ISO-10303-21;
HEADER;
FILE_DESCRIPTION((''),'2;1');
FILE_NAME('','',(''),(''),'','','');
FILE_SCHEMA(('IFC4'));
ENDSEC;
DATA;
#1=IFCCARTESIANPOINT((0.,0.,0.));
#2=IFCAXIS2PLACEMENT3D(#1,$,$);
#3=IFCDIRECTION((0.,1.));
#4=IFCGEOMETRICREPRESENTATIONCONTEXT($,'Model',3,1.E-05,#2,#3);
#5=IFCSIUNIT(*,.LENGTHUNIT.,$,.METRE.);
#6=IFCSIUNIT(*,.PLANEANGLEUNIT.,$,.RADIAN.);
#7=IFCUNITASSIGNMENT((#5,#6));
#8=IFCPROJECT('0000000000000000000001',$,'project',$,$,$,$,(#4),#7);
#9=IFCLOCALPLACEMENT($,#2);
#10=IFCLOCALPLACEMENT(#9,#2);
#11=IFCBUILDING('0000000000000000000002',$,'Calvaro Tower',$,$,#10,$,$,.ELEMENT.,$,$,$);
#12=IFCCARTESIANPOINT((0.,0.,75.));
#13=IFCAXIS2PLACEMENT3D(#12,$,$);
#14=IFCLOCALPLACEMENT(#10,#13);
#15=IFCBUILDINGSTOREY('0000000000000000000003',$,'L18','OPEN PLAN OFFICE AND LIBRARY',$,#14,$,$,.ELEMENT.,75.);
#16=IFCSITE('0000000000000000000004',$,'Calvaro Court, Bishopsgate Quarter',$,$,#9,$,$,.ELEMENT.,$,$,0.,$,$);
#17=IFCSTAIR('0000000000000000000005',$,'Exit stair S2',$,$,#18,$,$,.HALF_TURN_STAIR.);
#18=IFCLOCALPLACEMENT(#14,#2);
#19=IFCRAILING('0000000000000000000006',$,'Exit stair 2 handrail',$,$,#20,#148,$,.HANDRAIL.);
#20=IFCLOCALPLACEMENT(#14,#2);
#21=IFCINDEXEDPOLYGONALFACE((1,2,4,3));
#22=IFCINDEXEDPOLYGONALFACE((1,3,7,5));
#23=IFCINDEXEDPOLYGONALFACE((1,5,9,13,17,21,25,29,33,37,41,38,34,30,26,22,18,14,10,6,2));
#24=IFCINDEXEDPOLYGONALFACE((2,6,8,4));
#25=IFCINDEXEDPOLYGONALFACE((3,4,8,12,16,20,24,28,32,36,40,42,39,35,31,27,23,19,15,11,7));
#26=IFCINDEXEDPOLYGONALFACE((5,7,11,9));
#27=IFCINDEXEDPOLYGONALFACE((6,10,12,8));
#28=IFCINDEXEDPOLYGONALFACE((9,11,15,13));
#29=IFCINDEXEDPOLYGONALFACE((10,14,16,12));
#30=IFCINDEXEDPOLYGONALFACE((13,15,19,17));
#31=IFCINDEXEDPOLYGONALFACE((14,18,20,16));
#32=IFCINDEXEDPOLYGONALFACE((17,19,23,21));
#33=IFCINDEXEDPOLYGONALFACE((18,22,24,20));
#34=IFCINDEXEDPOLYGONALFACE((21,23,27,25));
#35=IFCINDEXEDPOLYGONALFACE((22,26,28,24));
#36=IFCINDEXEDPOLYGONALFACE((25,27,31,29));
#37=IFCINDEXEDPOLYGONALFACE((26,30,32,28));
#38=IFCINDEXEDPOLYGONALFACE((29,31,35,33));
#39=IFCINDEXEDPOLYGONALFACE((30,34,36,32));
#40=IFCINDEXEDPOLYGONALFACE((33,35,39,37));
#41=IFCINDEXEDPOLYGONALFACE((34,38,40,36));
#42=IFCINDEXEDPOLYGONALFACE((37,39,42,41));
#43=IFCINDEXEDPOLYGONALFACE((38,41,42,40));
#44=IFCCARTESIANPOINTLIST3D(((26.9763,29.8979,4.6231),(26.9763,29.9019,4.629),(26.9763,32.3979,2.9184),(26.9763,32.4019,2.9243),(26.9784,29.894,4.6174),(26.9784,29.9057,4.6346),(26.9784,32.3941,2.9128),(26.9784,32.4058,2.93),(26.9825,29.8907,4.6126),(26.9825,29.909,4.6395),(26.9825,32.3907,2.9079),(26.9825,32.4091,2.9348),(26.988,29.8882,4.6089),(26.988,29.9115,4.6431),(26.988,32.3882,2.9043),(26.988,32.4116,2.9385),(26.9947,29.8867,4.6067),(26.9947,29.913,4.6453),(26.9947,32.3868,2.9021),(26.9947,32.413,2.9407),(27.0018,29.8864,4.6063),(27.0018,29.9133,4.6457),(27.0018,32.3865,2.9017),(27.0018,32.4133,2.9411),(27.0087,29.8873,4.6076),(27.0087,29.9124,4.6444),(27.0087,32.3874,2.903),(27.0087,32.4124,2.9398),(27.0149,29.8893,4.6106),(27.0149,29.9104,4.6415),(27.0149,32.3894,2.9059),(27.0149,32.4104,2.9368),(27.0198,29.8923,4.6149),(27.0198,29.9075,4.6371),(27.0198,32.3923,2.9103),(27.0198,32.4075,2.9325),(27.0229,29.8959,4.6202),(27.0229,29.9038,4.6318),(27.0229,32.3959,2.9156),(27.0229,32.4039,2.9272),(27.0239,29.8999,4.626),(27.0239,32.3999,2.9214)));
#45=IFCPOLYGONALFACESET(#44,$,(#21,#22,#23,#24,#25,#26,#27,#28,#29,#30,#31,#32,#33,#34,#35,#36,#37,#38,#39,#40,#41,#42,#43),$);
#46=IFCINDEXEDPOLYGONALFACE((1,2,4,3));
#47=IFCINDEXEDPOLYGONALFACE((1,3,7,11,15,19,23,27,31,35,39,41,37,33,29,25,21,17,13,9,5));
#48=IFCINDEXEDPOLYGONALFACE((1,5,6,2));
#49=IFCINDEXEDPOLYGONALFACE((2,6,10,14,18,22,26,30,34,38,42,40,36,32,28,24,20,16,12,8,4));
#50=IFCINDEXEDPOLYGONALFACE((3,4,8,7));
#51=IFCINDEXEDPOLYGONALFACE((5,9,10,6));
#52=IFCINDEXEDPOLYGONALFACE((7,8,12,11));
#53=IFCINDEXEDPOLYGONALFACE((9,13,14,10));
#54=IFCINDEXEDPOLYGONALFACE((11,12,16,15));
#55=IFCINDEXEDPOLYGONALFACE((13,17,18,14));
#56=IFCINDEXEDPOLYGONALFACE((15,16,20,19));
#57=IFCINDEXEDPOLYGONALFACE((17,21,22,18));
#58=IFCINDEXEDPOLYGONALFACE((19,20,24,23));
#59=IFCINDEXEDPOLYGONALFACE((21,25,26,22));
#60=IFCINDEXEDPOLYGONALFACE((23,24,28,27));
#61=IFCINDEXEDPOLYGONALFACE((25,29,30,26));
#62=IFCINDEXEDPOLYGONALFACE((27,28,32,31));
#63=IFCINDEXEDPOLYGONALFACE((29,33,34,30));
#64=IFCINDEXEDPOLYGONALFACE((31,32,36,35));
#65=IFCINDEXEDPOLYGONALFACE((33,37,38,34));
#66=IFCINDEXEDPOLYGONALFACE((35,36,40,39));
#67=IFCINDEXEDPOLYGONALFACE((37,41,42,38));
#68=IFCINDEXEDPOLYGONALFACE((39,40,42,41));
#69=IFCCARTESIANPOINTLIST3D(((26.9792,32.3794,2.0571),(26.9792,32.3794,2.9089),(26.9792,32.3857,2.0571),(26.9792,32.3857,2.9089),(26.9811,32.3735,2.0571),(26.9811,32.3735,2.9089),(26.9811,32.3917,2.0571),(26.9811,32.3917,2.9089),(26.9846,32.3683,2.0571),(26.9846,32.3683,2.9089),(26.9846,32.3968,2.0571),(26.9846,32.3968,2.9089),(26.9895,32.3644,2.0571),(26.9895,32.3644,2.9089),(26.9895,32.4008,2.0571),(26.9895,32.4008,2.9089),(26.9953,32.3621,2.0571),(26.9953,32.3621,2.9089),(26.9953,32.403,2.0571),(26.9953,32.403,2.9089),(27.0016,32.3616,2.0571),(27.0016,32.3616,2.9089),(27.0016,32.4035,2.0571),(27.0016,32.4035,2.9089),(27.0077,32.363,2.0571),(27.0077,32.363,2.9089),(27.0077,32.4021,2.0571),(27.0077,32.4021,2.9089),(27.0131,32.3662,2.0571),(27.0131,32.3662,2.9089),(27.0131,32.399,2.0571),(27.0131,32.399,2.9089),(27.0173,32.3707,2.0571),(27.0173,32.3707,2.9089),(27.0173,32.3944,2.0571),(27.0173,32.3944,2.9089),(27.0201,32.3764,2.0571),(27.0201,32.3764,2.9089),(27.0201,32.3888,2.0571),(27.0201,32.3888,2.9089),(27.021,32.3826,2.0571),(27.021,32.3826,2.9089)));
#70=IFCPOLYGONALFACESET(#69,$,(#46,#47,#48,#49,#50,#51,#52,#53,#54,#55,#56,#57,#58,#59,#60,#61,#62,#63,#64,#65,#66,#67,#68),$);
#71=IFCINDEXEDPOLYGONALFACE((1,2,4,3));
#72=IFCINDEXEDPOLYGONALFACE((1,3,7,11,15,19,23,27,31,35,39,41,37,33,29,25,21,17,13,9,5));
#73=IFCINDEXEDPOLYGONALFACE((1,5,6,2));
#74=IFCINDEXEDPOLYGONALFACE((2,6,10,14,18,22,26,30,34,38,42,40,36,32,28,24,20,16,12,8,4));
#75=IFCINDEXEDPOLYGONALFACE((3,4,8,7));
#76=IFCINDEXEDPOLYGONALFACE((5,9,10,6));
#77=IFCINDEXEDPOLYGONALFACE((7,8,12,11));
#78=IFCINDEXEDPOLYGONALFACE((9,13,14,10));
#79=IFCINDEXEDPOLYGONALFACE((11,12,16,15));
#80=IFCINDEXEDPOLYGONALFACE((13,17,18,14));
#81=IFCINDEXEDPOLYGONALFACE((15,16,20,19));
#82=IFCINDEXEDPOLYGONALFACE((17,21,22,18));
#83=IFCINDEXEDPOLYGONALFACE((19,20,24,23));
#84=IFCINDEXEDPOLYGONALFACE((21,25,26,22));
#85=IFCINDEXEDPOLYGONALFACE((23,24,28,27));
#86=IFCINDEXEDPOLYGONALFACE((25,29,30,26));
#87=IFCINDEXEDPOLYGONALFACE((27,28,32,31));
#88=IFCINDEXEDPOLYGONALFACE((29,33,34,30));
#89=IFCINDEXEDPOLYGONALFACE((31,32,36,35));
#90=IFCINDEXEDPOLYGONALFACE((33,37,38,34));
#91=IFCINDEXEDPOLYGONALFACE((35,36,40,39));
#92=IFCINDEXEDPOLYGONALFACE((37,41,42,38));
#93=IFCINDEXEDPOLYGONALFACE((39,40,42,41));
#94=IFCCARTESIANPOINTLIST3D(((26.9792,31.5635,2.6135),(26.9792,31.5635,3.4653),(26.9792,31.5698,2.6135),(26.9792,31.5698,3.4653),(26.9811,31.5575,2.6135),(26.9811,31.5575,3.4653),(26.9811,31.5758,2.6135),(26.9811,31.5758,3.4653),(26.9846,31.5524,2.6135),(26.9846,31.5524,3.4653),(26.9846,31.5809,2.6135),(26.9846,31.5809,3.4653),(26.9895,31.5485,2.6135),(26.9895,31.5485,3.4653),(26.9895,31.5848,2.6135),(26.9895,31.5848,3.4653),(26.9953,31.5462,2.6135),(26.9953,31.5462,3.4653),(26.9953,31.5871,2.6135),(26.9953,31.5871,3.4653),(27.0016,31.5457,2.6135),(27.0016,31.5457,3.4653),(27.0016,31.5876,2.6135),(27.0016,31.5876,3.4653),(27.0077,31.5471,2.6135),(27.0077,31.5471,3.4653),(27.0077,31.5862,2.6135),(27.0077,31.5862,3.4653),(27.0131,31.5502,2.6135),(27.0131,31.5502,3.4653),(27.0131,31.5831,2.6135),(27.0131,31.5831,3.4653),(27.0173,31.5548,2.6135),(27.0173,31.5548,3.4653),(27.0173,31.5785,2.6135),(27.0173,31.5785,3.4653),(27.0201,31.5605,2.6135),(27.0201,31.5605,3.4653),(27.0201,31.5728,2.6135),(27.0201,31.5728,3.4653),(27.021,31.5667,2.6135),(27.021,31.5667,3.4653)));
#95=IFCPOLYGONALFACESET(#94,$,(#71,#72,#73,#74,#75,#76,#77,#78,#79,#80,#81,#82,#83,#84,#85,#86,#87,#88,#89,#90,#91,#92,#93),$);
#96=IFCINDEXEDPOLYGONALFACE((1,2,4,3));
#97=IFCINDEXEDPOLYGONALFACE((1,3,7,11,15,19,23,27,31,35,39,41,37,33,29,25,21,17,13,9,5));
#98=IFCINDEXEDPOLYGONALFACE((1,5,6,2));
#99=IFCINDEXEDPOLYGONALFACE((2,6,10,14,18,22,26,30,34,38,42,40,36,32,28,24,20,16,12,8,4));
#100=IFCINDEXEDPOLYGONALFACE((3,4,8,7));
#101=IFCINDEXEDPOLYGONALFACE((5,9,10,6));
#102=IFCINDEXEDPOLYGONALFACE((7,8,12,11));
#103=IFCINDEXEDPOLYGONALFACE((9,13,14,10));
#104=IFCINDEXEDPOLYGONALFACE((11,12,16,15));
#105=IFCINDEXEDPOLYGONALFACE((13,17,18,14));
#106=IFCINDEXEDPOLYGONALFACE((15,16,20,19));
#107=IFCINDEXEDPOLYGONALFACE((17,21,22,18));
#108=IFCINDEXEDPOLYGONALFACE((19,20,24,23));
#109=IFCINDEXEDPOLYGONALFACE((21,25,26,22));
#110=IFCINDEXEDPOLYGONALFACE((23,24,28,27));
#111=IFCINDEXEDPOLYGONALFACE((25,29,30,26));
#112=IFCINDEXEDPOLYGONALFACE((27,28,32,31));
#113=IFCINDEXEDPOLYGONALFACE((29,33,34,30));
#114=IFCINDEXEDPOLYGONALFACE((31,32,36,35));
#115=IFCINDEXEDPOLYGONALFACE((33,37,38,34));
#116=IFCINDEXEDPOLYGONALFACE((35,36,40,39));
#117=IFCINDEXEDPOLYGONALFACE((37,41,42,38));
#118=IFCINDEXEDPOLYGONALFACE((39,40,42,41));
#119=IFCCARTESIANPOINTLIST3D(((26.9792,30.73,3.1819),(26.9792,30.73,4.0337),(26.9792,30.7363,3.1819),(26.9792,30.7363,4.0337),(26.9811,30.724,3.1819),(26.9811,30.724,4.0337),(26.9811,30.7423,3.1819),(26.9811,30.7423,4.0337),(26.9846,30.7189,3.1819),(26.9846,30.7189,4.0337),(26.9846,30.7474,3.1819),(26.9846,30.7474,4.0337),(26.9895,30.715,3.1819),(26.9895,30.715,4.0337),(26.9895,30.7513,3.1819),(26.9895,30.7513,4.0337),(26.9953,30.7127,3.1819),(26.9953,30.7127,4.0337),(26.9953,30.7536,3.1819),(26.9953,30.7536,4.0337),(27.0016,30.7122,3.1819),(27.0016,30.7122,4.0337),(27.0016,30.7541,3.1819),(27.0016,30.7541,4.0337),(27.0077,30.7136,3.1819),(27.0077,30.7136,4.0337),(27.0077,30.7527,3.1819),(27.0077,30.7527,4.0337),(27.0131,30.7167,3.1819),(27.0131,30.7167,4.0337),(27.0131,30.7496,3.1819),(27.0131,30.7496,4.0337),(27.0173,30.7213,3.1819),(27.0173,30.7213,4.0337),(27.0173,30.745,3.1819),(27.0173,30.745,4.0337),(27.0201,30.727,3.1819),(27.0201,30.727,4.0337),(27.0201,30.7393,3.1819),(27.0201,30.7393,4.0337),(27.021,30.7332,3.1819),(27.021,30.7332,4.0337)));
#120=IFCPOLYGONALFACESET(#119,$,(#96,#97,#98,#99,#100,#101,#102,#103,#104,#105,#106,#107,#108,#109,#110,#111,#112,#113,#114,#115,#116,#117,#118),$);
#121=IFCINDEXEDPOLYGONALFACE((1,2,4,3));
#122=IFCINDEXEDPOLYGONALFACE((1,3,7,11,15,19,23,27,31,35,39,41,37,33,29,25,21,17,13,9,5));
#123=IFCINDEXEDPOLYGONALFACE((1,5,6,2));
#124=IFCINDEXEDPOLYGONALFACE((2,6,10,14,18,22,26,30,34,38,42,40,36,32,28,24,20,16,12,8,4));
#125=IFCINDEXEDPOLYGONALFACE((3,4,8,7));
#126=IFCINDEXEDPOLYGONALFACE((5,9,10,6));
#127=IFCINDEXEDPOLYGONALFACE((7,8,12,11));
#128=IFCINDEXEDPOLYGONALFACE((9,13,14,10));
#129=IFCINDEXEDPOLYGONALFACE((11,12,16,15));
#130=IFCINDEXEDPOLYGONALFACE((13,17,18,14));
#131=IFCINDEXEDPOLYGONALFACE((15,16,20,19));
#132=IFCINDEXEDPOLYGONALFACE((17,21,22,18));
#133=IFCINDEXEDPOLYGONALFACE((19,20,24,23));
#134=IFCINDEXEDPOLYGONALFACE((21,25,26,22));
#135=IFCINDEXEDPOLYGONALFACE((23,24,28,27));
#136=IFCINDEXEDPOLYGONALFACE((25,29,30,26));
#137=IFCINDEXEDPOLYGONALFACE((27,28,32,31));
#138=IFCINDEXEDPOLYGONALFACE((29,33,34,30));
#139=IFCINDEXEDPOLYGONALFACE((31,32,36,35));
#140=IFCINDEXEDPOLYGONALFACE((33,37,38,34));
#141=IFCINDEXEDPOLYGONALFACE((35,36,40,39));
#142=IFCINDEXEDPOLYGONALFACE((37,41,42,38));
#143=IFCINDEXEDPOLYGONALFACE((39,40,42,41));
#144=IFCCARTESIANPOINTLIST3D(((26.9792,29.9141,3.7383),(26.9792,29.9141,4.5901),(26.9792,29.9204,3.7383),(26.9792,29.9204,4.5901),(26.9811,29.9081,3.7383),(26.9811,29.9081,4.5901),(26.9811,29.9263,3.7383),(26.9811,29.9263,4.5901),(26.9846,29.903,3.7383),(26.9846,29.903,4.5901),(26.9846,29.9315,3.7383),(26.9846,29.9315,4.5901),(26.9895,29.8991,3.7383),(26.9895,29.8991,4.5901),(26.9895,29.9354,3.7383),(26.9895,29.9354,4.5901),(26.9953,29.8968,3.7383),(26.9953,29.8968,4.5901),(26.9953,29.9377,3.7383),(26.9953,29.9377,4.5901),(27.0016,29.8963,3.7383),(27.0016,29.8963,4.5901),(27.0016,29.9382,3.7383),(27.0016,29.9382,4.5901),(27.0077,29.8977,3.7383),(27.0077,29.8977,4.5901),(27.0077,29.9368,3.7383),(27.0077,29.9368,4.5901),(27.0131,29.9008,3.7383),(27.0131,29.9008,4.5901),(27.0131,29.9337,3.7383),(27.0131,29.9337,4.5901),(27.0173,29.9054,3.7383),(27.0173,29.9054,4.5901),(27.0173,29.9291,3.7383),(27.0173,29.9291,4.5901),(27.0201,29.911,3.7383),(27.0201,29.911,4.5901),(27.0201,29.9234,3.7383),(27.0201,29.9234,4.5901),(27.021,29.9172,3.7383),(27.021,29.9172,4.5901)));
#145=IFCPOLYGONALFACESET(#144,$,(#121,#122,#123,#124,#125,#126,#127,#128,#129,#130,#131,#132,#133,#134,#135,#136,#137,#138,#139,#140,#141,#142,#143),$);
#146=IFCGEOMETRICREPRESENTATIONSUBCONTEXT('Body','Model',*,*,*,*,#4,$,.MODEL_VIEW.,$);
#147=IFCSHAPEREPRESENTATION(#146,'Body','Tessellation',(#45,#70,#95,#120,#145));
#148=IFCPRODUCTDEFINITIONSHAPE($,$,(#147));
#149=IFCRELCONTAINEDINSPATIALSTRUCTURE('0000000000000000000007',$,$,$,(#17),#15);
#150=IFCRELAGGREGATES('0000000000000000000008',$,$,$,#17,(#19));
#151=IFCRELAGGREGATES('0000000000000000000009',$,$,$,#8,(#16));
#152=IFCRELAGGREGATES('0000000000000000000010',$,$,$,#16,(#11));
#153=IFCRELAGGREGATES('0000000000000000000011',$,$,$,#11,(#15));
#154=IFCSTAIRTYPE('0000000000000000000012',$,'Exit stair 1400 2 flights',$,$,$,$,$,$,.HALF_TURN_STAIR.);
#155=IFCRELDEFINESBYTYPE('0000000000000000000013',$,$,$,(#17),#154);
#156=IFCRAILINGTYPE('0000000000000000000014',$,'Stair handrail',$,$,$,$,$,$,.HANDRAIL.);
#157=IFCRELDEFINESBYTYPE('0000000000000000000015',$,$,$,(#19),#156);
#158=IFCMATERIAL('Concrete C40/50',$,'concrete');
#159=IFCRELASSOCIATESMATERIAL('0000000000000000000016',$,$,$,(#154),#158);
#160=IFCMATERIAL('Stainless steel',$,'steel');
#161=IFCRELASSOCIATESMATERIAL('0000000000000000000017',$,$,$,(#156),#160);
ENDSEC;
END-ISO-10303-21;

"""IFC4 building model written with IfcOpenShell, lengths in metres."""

from ifc_helpers import new_model, si_unit, direction, frame, origin, origin_2d, place, context, subcontext, project, spatial, circle, extrude, material, type_object, element, aggregate, save


model = new_model("IFC4")

# Units and contexts
model_context = context("Model", 3, precision=1e-05, world=origin(), true_north=direction((0.0, 1.0)))
body_context = subcontext(model_context, "Body", "Model", "MODEL_VIEW")
ifc_project = project(units=[si_unit("LENGTHUNIT", "METRE"), si_unit("PLANEANGLEUNIT", "RADIAN")], contexts=[model_context])

# Site, building, storey
site_placement = place(None, origin())
site = spatial("IfcSite", under=ifc_project, at=site_placement, Name="Calvaro Court, Bishopsgate Quarter", CompositionType="ELEMENT", RefElevation=0.0)
building_placement = place(site_placement, origin())
building = spatial("IfcBuilding", under=site, at=building_placement, Name="Calvaro Tower", CompositionType="ELEMENT")
storey_placement = place(building_placement, frame((0.0, 0.0, 75.0)))
storey = spatial("IfcBuildingStorey", under=building, at=storey_placement, Name="L18", Description="OPEN PLAN OFFICE AND LIBRARY", CompositionType="ELEMENT", Elevation=75.0)

# Stair, railing
ifc_material_1 = material(Name="Concrete C40/50", Category="concrete")
stair_type = type_object("IfcStairType", Name="Exit stair 1400 2 flights", PredefinedType="HALF_TURN_STAIR", material=ifc_material_1)
stair_placement = place(storey_placement, origin())
stair = element("IfcStair", 1, at=stair_placement, inside=storey, type_object=stair_type, Name="Exit stair S2", PredefinedType="HALF_TURN_STAIR")
ifc_material_2 = material(Name="Stainless steel", Category="steel")
railing_type = type_object("IfcRailingType", Name="Stair handrail", PredefinedType="HANDRAIL", material=ifc_material_2)
railing_1_placement = place(storey_placement, frame((27.0, 32.3999, 2.0454)))
railing_1 = element("IfcRailing", 2, at=railing_1_placement, type_object=railing_type, Name="Exit stair 2 handrail", PredefinedType="HANDRAIL", context=body_context, shape_type="SweptSolid", body=[
    extrude(circle(Radius=0.0239, at=origin_2d()), frame((0.0, 0.0, 0.876), z_axis=(0.0, -0.826221, 0.563347), x_axis=(1.0, 0.0, 0.0)), (0.0, 0.0, 1.0), 3.0259),
    extrude(circle(Radius=0.021, at=origin_2d()), frame((0.0, -0.0173, 0.0117)), (0.0, 0.0, 1.0), 0.8518),
    extrude(circle(Radius=0.021, at=origin_2d()), frame((0.0, -0.8333, 0.5681)), (0.0, 0.0, 1.0), 0.8518),
    extrude(circle(Radius=0.021, at=origin_2d()), frame((0.0, -1.6667, 1.1365)), (0.0, 0.0, 1.0), 0.8518),
    extrude(circle(Radius=0.021, at=origin_2d()), frame((0.0, -2.4827, 1.6929)), (0.0, 0.0, 1.0), 0.8518),
])
aggregate(stair, [railing_1])

save(model, "model.ifc")
